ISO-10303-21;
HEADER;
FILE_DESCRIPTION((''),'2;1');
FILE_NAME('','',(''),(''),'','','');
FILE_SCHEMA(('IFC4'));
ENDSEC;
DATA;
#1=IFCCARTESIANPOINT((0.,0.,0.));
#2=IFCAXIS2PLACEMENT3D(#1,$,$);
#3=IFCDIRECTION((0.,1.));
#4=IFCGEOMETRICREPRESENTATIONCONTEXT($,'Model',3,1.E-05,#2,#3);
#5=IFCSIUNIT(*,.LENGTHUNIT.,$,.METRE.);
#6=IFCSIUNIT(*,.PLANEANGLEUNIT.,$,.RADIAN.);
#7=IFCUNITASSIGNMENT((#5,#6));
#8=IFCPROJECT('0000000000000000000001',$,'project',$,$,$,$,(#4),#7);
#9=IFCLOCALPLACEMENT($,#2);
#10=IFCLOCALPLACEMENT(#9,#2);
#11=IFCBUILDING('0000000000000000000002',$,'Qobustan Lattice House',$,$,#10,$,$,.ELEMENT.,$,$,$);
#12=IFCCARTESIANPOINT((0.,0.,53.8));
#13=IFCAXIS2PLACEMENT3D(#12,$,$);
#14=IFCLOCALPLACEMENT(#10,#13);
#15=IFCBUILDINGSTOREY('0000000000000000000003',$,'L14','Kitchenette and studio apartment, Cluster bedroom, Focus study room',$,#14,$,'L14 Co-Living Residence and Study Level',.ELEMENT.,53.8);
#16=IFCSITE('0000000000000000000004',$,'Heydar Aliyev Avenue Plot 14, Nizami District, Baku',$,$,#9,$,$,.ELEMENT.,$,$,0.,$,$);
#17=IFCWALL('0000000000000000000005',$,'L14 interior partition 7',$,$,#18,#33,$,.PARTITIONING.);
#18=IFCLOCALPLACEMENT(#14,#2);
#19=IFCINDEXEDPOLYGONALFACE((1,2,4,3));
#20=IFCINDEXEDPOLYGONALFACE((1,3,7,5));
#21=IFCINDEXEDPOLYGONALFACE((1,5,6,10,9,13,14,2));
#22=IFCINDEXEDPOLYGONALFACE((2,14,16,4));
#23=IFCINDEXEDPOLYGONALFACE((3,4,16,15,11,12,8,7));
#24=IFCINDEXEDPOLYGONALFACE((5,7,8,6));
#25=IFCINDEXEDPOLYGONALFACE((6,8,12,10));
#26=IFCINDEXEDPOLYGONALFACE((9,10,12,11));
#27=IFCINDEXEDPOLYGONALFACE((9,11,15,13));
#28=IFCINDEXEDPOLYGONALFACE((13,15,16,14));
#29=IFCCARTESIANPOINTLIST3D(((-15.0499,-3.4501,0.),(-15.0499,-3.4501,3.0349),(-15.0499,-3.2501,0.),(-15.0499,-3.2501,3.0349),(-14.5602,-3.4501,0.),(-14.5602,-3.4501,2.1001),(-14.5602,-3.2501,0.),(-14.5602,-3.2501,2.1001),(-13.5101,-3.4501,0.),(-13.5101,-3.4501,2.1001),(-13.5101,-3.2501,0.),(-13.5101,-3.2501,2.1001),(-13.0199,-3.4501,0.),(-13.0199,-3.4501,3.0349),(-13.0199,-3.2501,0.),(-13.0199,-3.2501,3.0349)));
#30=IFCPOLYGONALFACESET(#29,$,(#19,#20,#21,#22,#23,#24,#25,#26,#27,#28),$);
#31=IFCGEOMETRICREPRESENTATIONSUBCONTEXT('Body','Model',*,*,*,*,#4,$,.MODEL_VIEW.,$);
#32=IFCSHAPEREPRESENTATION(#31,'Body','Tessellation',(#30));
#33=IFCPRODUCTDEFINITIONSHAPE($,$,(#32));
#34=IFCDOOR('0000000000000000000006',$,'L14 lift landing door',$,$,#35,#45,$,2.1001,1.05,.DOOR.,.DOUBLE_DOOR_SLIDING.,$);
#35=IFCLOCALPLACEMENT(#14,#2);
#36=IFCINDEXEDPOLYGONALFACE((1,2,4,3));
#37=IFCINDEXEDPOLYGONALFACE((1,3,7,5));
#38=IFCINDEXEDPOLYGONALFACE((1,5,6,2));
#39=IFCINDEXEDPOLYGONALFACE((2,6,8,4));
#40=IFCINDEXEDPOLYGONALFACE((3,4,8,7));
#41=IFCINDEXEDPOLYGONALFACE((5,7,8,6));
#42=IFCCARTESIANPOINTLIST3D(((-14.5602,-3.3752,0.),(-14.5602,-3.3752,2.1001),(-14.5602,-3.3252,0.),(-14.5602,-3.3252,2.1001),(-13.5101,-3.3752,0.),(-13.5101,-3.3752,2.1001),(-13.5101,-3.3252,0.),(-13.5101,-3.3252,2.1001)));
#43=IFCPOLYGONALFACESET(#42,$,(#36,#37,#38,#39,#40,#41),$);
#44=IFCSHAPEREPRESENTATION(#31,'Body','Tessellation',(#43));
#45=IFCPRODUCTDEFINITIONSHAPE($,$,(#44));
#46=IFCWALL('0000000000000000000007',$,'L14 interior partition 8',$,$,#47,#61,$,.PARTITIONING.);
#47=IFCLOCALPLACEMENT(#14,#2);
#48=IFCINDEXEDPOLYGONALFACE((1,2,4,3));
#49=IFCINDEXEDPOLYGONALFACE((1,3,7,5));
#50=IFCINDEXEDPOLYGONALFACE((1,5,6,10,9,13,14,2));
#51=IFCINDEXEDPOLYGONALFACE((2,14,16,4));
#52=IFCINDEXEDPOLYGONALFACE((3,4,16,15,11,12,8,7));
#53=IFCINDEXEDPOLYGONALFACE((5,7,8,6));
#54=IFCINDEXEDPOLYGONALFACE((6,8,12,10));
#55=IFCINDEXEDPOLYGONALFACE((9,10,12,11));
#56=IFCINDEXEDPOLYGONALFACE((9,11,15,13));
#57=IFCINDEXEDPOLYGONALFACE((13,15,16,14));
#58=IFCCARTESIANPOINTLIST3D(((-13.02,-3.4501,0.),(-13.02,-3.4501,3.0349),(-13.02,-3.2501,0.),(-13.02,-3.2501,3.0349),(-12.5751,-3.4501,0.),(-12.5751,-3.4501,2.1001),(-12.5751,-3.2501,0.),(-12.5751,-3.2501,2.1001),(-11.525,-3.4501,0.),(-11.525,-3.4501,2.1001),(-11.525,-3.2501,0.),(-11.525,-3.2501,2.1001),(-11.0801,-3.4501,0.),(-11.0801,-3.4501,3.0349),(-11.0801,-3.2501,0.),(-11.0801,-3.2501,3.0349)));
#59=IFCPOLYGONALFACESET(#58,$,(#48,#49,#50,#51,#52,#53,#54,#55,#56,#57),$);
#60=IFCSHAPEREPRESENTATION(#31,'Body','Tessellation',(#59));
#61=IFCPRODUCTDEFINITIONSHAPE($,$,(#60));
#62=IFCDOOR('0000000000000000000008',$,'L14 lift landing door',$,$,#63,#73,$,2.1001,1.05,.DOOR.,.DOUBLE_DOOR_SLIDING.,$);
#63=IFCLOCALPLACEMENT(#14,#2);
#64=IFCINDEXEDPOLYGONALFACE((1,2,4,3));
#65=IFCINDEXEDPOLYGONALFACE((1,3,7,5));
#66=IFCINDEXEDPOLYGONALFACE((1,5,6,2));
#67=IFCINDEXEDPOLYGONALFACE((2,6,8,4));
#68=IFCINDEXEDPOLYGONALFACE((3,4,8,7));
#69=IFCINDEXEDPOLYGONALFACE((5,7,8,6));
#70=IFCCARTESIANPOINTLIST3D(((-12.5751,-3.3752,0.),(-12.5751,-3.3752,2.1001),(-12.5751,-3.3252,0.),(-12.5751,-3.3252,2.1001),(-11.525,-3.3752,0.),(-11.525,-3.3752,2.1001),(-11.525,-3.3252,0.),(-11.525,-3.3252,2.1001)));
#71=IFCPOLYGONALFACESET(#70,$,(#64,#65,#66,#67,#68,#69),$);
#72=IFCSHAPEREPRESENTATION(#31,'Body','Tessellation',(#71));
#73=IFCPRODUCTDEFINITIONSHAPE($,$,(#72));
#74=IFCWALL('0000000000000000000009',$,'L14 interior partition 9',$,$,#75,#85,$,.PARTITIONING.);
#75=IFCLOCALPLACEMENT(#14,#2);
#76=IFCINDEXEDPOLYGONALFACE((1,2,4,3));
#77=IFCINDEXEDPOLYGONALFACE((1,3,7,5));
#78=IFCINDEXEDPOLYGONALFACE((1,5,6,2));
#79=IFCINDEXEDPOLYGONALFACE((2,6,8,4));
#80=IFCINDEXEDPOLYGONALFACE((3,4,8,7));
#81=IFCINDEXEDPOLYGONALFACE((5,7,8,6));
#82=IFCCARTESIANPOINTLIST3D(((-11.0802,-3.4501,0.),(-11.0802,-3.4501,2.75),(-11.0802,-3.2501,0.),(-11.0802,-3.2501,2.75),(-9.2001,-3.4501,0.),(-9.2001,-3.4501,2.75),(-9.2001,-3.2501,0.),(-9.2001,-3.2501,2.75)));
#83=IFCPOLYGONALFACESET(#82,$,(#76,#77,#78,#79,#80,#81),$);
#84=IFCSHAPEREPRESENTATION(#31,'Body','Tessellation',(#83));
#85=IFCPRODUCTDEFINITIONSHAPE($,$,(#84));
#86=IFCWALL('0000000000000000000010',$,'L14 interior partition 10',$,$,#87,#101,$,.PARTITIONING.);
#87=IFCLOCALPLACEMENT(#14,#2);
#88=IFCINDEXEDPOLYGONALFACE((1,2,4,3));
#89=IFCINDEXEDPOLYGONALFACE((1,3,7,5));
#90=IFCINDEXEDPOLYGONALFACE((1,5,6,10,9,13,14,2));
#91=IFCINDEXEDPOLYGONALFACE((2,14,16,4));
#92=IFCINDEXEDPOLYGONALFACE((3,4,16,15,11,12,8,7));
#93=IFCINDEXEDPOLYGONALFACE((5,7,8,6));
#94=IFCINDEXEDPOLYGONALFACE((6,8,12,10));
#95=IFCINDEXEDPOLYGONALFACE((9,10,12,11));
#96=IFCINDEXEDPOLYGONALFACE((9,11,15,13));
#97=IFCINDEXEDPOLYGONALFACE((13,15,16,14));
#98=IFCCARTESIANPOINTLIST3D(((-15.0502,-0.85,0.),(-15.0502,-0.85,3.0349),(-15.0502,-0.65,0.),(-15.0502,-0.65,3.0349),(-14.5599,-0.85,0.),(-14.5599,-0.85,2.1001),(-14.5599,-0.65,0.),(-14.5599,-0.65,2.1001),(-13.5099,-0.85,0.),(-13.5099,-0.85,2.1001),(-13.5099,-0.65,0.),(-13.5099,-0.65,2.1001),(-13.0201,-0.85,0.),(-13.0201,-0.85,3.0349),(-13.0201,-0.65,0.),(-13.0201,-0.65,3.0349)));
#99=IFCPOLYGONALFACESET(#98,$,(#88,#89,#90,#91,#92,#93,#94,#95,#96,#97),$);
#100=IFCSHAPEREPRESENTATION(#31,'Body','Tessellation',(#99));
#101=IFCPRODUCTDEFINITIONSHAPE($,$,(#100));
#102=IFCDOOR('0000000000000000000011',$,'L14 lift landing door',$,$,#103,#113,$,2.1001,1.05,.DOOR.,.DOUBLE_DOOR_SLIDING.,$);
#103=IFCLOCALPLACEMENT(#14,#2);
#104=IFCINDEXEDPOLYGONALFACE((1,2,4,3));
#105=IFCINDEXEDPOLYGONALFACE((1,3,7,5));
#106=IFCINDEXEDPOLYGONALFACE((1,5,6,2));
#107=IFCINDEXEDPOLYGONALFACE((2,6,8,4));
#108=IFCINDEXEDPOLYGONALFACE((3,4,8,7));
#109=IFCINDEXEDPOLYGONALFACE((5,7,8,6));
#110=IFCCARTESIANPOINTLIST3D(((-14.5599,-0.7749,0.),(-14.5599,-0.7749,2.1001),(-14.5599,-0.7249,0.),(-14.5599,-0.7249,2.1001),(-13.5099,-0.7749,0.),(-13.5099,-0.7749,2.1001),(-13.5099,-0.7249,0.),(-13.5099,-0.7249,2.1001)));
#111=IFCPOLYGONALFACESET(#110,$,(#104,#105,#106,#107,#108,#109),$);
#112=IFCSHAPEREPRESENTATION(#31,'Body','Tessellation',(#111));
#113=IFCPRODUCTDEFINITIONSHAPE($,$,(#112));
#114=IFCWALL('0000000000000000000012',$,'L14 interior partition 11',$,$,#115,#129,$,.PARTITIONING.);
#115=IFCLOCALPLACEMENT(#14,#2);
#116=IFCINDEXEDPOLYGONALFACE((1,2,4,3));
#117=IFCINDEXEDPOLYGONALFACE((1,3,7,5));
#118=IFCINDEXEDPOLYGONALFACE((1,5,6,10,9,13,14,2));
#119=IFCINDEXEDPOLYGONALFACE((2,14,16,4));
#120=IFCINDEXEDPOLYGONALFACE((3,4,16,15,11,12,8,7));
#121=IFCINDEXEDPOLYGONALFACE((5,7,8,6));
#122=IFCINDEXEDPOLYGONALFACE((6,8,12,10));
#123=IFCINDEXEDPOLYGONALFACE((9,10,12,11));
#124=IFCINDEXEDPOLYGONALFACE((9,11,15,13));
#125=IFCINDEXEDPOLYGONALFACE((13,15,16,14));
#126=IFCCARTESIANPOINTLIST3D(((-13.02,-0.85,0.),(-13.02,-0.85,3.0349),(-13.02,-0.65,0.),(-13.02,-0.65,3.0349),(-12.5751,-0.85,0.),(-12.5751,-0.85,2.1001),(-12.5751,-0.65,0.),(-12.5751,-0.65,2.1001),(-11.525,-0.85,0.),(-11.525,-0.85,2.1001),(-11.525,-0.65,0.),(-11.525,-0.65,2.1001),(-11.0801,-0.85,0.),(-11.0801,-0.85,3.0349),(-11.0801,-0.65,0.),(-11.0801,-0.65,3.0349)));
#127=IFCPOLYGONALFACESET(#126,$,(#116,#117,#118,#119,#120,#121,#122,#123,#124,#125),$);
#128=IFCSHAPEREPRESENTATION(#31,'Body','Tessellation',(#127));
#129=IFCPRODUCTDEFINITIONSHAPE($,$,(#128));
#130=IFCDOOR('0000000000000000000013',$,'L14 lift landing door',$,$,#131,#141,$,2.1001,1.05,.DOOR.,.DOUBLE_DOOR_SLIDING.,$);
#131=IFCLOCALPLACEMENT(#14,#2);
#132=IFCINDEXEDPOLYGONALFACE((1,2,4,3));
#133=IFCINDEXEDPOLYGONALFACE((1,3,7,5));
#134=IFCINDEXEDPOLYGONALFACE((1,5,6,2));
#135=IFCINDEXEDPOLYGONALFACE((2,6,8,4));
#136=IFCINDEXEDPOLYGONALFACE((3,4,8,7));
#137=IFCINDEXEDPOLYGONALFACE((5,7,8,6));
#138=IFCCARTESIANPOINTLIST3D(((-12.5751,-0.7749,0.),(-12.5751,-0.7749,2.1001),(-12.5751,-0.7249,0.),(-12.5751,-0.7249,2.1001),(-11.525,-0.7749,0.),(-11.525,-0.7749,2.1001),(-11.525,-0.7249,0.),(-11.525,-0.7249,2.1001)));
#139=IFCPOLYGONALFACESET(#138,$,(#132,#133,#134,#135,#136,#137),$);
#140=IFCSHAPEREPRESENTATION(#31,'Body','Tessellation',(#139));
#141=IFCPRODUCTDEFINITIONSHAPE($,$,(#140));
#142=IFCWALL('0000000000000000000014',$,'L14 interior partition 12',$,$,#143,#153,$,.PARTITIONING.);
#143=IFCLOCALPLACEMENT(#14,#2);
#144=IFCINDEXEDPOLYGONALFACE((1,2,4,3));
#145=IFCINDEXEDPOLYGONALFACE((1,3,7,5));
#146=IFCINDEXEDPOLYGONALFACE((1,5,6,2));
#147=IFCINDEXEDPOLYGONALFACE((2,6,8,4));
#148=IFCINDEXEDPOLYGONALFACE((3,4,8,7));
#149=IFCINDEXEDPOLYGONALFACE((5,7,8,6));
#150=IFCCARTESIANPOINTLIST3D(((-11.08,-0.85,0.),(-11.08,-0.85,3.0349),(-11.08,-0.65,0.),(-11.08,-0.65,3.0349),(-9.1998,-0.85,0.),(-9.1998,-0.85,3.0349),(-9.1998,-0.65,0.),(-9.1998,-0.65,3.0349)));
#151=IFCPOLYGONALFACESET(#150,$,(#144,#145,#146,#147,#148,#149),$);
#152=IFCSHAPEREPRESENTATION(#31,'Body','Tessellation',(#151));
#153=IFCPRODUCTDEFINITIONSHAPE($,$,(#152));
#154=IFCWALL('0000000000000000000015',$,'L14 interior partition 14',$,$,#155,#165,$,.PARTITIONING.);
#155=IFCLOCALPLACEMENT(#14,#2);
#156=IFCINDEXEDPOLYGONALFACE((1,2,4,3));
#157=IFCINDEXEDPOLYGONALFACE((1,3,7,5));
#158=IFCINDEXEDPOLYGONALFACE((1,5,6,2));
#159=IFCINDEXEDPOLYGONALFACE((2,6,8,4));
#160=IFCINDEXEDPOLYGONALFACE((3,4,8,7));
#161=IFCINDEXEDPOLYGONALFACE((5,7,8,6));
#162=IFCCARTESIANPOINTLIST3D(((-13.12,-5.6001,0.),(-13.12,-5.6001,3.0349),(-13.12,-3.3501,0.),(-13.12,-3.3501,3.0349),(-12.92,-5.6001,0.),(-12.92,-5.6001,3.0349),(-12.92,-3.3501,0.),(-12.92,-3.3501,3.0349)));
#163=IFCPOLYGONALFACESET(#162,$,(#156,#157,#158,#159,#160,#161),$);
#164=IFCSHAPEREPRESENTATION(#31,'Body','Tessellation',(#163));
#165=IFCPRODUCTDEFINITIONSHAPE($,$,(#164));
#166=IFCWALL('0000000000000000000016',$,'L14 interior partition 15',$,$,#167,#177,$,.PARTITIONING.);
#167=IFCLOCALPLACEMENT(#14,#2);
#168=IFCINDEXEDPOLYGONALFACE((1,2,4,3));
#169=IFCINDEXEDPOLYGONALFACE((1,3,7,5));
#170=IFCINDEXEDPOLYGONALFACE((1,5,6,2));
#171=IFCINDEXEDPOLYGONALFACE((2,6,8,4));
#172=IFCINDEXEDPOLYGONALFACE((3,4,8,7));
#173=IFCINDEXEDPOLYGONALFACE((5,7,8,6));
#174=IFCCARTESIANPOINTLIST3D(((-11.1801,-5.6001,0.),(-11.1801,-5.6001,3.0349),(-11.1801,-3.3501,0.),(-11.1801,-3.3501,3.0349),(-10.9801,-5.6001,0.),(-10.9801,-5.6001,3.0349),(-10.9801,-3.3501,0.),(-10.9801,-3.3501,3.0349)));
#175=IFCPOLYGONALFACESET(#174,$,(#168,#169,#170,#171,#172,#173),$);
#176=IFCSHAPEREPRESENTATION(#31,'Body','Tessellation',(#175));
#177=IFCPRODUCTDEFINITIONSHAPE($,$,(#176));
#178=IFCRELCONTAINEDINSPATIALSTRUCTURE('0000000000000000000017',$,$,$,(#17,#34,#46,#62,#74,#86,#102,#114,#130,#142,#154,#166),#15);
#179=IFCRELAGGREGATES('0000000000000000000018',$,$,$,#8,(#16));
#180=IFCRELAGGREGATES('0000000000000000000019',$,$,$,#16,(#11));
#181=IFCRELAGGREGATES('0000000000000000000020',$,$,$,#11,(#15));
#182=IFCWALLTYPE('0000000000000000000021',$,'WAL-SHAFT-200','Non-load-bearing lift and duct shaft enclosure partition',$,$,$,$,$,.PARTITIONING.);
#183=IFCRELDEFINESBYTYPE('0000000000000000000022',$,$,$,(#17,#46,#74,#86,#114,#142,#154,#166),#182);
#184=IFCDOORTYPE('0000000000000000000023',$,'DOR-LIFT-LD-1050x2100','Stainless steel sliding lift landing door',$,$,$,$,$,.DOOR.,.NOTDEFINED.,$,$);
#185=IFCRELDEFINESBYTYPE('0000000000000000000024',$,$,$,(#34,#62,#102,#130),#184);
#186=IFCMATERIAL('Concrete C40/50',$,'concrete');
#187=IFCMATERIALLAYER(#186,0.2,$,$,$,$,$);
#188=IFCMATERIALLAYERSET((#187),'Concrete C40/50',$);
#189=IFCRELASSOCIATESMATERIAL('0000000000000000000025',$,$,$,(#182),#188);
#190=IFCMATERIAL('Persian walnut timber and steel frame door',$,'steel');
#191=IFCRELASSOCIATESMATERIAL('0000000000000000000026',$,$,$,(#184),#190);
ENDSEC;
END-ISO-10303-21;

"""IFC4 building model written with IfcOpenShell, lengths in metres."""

from ifc_helpers import new_model, si_unit, direction, frame, frame_2d, origin, place, context, subcontext, project, spatial, rectangle, extrude, material, layer, layer_set, type_object, element, fill, save


model = new_model("IFC4")

# Units and contexts
model_context = context("Model", 3, precision=1e-05, world=origin(), true_north=direction((0.0, 1.0)))
body_context = subcontext(model_context, "Body", "Model", "MODEL_VIEW")
ifc_project = project(units=[si_unit("LENGTHUNIT", "METRE"), si_unit("PLANEANGLEUNIT", "RADIAN")], contexts=[model_context])

# Site, building, storey
site_placement = place(None, origin())
site = spatial("IfcSite", under=ifc_project, at=site_placement, Name="Heydar Aliyev Avenue Plot 14, Nizami District, Baku", CompositionType="ELEMENT", RefElevation=0.0)
building_placement = place(site_placement, origin())
building = spatial("IfcBuilding", under=site, at=building_placement, Name="Qobustan Lattice House", CompositionType="ELEMENT")
storey_placement = place(building_placement, frame((0.0, 0.0, 53.8)))
storey = spatial("IfcBuildingStorey", under=building, at=storey_placement, Name="L14", Description="Kitchenette and studio apartment, Cluster bedroom, Focus study room", LongName="L14 Co-Living Residence and Study Level", CompositionType="ELEMENT", Elevation=53.8)

# Shared definitions
ifc_material_1 = material(Name="Concrete C40/50", Category="concrete")
ifc_layer_1 = layer(ifc_material_1, 0.2)
ifc_layer_set_1 = layer_set([ifc_layer_1], Name="Concrete C40/50")
wall_type_1 = type_object("IfcWallType", Name="WAL-SHAFT-200", Description="Non-load-bearing lift and duct shaft enclosure partition", PredefinedType="PARTITIONING", material=ifc_layer_set_1)

# Walls, openings, doors
wall_1_placement = place(storey_placement, frame((-15.05, -3.3501, 0.0), z_axis=(0.0, 0.0, 1.0), x_axis=(1.0, 0.0, 0.0)))
wall_1 = element("IfcWall", 1, at=wall_1_placement, inside=storey, type_object=wall_type_1, Name="L14 interior partition 7", PredefinedType="PARTITIONING", context=body_context, shape_type="SweptSolid", body=[
    extrude(rectangle(XDim=2.03, YDim=0.2, at=frame_2d((1.0151, 0.0))), origin(), (0.0, 0.0, 1.0), 3.0349),
])
opening_1_placement = place(wall_1_placement, frame((0.49, 0.0, 0.0)))
opening_1 = element("IfcOpeningElement", 2, at=opening_1_placement, cuts=wall_1, PredefinedType="OPENING", context=body_context, shape_type="SweptSolid", body=[
    extrude(rectangle(XDim=1.05, YDim=2.1001, at=frame_2d((0.5249, 1.05))), frame((0.0, 0.1099, 0.0), z_axis=(0.0, -1.0, 0.0), x_axis=(1.0, 0.0, 0.0)), (0.0, 0.0, 1.0), 0.22),
])
ifc_material_2 = material(Name="Persian walnut timber and steel frame door", Category="steel")
door_type_1 = type_object("IfcDoorType", Name="DOR-LIFT-LD-1050x2100", Description="Stainless steel sliding lift landing door", OperationType="NOTDEFINED", PredefinedType="DOOR", material=ifc_material_2)
door_1_placement = place(opening_1_placement, origin())
door_1 = element("IfcDoor", 3, at=door_1_placement, inside=storey, type_object=door_type_1, Name="L14 lift landing door", OperationType="DOUBLE_DOOR_SLIDING", OverallHeight=2.1001, OverallWidth=1.05, PredefinedType="DOOR", context=body_context, shape_type="SweptSolid", body=[
    extrude(rectangle(XDim=1.05, YDim=2.1001, at=frame_2d((0.5249, 1.05))), frame((0.0, 0.0249, 0.0), z_axis=(0.0, -1.0, 0.0), x_axis=(1.0, 0.0, 0.0)), (0.0, 0.0, 1.0), 0.05),
])
fill(opening_1, door_1)
wall_2_placement = place(storey_placement, frame((-13.02, -3.3501, 0.0), z_axis=(0.0, 0.0, 1.0), x_axis=(1.0, 0.0, 0.0)))
wall_2 = element("IfcWall", 4, at=wall_2_placement, inside=storey, type_object=wall_type_1, Name="L14 interior partition 8", PredefinedType="PARTITIONING", context=body_context, shape_type="SweptSolid", body=[
    extrude(rectangle(XDim=1.9399, YDim=0.2, at=frame_2d((0.97, 0.0))), origin(), (0.0, 0.0, 1.0), 3.0349),
])
opening_2_placement = place(wall_2_placement, frame((0.4451, 0.0, 0.0)))
opening_2 = element("IfcOpeningElement", 5, at=opening_2_placement, cuts=wall_2, PredefinedType="OPENING", context=body_context, shape_type="SweptSolid", body=[
    extrude(rectangle(XDim=1.05, YDim=2.1001, at=frame_2d((0.5249, 1.05))), frame((0.0, 0.1099, 0.0), z_axis=(0.0, -1.0, 0.0), x_axis=(1.0, 0.0, 0.0)), (0.0, 0.0, 1.0), 0.22),
])
door_2_placement = place(opening_2_placement, origin())
door_2 = element("IfcDoor", 6, at=door_2_placement, inside=storey, type_object=door_type_1, Name="L14 lift landing door", OperationType="DOUBLE_DOOR_SLIDING", OverallHeight=2.1001, OverallWidth=1.05, PredefinedType="DOOR", context=body_context, shape_type="SweptSolid", body=[
    extrude(rectangle(XDim=1.05, YDim=2.1001, at=frame_2d((0.5249, 1.05))), frame((0.0, 0.0249, 0.0), z_axis=(0.0, -1.0, 0.0), x_axis=(1.0, 0.0, 0.0)), (0.0, 0.0, 1.0), 0.05),
])
fill(opening_2, door_2)

# Wall
wall_3_placement = place(storey_placement, frame((-11.0801, -3.3501, 0.0), z_axis=(0.0, 0.0, 1.0), x_axis=(1.0, 0.0, 0.0)))
element("IfcWall", 7, at=wall_3_placement, inside=storey, type_object=wall_type_1, Name="L14 interior partition 9", PredefinedType="PARTITIONING", context=body_context, shape_type="SweptSolid", body=[
    extrude(rectangle(XDim=1.8801, YDim=0.2, at=frame_2d((0.9399, 0.0))), origin(), (0.0, 0.0, 1.0), 2.75),
])

# Walls, openings, doors
wall_4_placement = place(storey_placement, frame((-13.02, -0.75, 0.0), z_axis=(0.0, 0.0, 1.0), x_axis=(-1.0, 0.0, 0.0)))
wall_4 = element("IfcWall", 8, at=wall_4_placement, inside=storey, type_object=wall_type_1, Name="L14 interior partition 10", PredefinedType="PARTITIONING", context=body_context, shape_type="SweptSolid", body=[
    extrude(rectangle(XDim=2.03, YDim=0.2, at=frame_2d((1.0151, 0.0))), origin(), (0.0, 0.0, 1.0), 3.0349),
])
opening_3_placement = place(wall_4_placement, frame((0.49, 0.0, 0.0)))
opening_3 = element("IfcOpeningElement", 9, at=opening_3_placement, cuts=wall_4, PredefinedType="OPENING", context=body_context, shape_type="SweptSolid", body=[
    extrude(rectangle(XDim=1.05, YDim=2.1001, at=frame_2d((0.5249, 1.05))), frame((0.0, 0.1099, 0.0), z_axis=(0.0, -1.0, 0.0), x_axis=(1.0, 0.0, 0.0)), (0.0, 0.0, 1.0), 0.22),
])
door_3_placement = place(opening_3_placement, origin())
door_3 = element("IfcDoor", 10, at=door_3_placement, inside=storey, type_object=door_type_1, Name="L14 lift landing door", OperationType="DOUBLE_DOOR_SLIDING", OverallHeight=2.1001, OverallWidth=1.05, PredefinedType="DOOR", context=body_context, shape_type="SweptSolid", body=[
    extrude(rectangle(XDim=1.05, YDim=2.1001, at=frame_2d((0.5249, 1.05))), frame((0.0, 0.0249, 0.0), z_axis=(0.0, -1.0, 0.0), x_axis=(1.0, 0.0, 0.0)), (0.0, 0.0, 1.0), 0.05),
])
fill(opening_3, door_3)
wall_5_placement = place(storey_placement, frame((-11.0801, -0.75, 0.0), z_axis=(0.0, 0.0, 1.0), x_axis=(-1.0, 0.0, 0.0)))
wall_5 = element("IfcWall", 11, at=wall_5_placement, inside=storey, type_object=wall_type_1, Name="L14 interior partition 11", PredefinedType="PARTITIONING", context=body_context, shape_type="SweptSolid", body=[
    extrude(rectangle(XDim=1.9399, YDim=0.2, at=frame_2d((0.97, 0.0))), origin(), (0.0, 0.0, 1.0), 3.0349),
])
opening_4_placement = place(wall_5_placement, frame((0.4451, 0.0, 0.0)))
opening_4 = element("IfcOpeningElement", 12, at=opening_4_placement, cuts=wall_5, PredefinedType="OPENING", context=body_context, shape_type="SweptSolid", body=[
    extrude(rectangle(XDim=1.05, YDim=2.1001, at=frame_2d((0.5249, 1.05))), frame((0.0, 0.1099, 0.0), z_axis=(0.0, -1.0, 0.0), x_axis=(1.0, 0.0, 0.0)), (0.0, 0.0, 1.0), 0.22),
])
door_4_placement = place(opening_4_placement, origin())
door_4 = element("IfcDoor", 13, at=door_4_placement, inside=storey, type_object=door_type_1, Name="L14 lift landing door", OperationType="DOUBLE_DOOR_SLIDING", OverallHeight=2.1001, OverallWidth=1.05, PredefinedType="DOOR", context=body_context, shape_type="SweptSolid", body=[
    extrude(rectangle(XDim=1.05, YDim=2.1001, at=frame_2d((0.5249, 1.05))), frame((0.0, 0.0249, 0.0), z_axis=(0.0, -1.0, 0.0), x_axis=(1.0, 0.0, 0.0)), (0.0, 0.0, 1.0), 0.05),
])
fill(opening_4, door_4)

# Walls
wall_6_placement = place(storey_placement, frame((-9.2, -0.75, 0.0), z_axis=(0.0, 0.0, 1.0), x_axis=(-1.0, 0.0, 0.0)))
element("IfcWall", 14, at=wall_6_placement, inside=storey, type_object=wall_type_1, Name="L14 interior partition 12", PredefinedType="PARTITIONING", context=body_context, shape_type="SweptSolid", body=[
    extrude(rectangle(XDim=1.8801, YDim=0.2, at=frame_2d((0.9399, 0.0))), origin(), (0.0, 0.0, 1.0), 3.0349),
])
for number, where, z_axis, x_axis, name in (
    (15, (-13.02, -5.6001, 0.0), (0.0, 0.0, 1.0), (0.0, 1.0, 0.0), "L14 interior partition 14"),
    (16, (-11.0801, -5.6001, 0.0), (0.0, 0.0, 1.0), (0.0, 1.0, 0.0), "L14 interior partition 15"),
):
    element("IfcWall", number, at=place(storey_placement, frame(where, z_axis=z_axis, x_axis=x_axis)), inside=storey, type_object=wall_type_1, Name=name, PredefinedType="PARTITIONING", context=body_context, shape_type="SweptSolid", body=[
        extrude(rectangle(XDim=2.25, YDim=0.2, at=frame_2d((1.125, 0.0))), origin(), (0.0, 0.0, 1.0), 3.0349),
    ])

save(model, "model.ifc")
